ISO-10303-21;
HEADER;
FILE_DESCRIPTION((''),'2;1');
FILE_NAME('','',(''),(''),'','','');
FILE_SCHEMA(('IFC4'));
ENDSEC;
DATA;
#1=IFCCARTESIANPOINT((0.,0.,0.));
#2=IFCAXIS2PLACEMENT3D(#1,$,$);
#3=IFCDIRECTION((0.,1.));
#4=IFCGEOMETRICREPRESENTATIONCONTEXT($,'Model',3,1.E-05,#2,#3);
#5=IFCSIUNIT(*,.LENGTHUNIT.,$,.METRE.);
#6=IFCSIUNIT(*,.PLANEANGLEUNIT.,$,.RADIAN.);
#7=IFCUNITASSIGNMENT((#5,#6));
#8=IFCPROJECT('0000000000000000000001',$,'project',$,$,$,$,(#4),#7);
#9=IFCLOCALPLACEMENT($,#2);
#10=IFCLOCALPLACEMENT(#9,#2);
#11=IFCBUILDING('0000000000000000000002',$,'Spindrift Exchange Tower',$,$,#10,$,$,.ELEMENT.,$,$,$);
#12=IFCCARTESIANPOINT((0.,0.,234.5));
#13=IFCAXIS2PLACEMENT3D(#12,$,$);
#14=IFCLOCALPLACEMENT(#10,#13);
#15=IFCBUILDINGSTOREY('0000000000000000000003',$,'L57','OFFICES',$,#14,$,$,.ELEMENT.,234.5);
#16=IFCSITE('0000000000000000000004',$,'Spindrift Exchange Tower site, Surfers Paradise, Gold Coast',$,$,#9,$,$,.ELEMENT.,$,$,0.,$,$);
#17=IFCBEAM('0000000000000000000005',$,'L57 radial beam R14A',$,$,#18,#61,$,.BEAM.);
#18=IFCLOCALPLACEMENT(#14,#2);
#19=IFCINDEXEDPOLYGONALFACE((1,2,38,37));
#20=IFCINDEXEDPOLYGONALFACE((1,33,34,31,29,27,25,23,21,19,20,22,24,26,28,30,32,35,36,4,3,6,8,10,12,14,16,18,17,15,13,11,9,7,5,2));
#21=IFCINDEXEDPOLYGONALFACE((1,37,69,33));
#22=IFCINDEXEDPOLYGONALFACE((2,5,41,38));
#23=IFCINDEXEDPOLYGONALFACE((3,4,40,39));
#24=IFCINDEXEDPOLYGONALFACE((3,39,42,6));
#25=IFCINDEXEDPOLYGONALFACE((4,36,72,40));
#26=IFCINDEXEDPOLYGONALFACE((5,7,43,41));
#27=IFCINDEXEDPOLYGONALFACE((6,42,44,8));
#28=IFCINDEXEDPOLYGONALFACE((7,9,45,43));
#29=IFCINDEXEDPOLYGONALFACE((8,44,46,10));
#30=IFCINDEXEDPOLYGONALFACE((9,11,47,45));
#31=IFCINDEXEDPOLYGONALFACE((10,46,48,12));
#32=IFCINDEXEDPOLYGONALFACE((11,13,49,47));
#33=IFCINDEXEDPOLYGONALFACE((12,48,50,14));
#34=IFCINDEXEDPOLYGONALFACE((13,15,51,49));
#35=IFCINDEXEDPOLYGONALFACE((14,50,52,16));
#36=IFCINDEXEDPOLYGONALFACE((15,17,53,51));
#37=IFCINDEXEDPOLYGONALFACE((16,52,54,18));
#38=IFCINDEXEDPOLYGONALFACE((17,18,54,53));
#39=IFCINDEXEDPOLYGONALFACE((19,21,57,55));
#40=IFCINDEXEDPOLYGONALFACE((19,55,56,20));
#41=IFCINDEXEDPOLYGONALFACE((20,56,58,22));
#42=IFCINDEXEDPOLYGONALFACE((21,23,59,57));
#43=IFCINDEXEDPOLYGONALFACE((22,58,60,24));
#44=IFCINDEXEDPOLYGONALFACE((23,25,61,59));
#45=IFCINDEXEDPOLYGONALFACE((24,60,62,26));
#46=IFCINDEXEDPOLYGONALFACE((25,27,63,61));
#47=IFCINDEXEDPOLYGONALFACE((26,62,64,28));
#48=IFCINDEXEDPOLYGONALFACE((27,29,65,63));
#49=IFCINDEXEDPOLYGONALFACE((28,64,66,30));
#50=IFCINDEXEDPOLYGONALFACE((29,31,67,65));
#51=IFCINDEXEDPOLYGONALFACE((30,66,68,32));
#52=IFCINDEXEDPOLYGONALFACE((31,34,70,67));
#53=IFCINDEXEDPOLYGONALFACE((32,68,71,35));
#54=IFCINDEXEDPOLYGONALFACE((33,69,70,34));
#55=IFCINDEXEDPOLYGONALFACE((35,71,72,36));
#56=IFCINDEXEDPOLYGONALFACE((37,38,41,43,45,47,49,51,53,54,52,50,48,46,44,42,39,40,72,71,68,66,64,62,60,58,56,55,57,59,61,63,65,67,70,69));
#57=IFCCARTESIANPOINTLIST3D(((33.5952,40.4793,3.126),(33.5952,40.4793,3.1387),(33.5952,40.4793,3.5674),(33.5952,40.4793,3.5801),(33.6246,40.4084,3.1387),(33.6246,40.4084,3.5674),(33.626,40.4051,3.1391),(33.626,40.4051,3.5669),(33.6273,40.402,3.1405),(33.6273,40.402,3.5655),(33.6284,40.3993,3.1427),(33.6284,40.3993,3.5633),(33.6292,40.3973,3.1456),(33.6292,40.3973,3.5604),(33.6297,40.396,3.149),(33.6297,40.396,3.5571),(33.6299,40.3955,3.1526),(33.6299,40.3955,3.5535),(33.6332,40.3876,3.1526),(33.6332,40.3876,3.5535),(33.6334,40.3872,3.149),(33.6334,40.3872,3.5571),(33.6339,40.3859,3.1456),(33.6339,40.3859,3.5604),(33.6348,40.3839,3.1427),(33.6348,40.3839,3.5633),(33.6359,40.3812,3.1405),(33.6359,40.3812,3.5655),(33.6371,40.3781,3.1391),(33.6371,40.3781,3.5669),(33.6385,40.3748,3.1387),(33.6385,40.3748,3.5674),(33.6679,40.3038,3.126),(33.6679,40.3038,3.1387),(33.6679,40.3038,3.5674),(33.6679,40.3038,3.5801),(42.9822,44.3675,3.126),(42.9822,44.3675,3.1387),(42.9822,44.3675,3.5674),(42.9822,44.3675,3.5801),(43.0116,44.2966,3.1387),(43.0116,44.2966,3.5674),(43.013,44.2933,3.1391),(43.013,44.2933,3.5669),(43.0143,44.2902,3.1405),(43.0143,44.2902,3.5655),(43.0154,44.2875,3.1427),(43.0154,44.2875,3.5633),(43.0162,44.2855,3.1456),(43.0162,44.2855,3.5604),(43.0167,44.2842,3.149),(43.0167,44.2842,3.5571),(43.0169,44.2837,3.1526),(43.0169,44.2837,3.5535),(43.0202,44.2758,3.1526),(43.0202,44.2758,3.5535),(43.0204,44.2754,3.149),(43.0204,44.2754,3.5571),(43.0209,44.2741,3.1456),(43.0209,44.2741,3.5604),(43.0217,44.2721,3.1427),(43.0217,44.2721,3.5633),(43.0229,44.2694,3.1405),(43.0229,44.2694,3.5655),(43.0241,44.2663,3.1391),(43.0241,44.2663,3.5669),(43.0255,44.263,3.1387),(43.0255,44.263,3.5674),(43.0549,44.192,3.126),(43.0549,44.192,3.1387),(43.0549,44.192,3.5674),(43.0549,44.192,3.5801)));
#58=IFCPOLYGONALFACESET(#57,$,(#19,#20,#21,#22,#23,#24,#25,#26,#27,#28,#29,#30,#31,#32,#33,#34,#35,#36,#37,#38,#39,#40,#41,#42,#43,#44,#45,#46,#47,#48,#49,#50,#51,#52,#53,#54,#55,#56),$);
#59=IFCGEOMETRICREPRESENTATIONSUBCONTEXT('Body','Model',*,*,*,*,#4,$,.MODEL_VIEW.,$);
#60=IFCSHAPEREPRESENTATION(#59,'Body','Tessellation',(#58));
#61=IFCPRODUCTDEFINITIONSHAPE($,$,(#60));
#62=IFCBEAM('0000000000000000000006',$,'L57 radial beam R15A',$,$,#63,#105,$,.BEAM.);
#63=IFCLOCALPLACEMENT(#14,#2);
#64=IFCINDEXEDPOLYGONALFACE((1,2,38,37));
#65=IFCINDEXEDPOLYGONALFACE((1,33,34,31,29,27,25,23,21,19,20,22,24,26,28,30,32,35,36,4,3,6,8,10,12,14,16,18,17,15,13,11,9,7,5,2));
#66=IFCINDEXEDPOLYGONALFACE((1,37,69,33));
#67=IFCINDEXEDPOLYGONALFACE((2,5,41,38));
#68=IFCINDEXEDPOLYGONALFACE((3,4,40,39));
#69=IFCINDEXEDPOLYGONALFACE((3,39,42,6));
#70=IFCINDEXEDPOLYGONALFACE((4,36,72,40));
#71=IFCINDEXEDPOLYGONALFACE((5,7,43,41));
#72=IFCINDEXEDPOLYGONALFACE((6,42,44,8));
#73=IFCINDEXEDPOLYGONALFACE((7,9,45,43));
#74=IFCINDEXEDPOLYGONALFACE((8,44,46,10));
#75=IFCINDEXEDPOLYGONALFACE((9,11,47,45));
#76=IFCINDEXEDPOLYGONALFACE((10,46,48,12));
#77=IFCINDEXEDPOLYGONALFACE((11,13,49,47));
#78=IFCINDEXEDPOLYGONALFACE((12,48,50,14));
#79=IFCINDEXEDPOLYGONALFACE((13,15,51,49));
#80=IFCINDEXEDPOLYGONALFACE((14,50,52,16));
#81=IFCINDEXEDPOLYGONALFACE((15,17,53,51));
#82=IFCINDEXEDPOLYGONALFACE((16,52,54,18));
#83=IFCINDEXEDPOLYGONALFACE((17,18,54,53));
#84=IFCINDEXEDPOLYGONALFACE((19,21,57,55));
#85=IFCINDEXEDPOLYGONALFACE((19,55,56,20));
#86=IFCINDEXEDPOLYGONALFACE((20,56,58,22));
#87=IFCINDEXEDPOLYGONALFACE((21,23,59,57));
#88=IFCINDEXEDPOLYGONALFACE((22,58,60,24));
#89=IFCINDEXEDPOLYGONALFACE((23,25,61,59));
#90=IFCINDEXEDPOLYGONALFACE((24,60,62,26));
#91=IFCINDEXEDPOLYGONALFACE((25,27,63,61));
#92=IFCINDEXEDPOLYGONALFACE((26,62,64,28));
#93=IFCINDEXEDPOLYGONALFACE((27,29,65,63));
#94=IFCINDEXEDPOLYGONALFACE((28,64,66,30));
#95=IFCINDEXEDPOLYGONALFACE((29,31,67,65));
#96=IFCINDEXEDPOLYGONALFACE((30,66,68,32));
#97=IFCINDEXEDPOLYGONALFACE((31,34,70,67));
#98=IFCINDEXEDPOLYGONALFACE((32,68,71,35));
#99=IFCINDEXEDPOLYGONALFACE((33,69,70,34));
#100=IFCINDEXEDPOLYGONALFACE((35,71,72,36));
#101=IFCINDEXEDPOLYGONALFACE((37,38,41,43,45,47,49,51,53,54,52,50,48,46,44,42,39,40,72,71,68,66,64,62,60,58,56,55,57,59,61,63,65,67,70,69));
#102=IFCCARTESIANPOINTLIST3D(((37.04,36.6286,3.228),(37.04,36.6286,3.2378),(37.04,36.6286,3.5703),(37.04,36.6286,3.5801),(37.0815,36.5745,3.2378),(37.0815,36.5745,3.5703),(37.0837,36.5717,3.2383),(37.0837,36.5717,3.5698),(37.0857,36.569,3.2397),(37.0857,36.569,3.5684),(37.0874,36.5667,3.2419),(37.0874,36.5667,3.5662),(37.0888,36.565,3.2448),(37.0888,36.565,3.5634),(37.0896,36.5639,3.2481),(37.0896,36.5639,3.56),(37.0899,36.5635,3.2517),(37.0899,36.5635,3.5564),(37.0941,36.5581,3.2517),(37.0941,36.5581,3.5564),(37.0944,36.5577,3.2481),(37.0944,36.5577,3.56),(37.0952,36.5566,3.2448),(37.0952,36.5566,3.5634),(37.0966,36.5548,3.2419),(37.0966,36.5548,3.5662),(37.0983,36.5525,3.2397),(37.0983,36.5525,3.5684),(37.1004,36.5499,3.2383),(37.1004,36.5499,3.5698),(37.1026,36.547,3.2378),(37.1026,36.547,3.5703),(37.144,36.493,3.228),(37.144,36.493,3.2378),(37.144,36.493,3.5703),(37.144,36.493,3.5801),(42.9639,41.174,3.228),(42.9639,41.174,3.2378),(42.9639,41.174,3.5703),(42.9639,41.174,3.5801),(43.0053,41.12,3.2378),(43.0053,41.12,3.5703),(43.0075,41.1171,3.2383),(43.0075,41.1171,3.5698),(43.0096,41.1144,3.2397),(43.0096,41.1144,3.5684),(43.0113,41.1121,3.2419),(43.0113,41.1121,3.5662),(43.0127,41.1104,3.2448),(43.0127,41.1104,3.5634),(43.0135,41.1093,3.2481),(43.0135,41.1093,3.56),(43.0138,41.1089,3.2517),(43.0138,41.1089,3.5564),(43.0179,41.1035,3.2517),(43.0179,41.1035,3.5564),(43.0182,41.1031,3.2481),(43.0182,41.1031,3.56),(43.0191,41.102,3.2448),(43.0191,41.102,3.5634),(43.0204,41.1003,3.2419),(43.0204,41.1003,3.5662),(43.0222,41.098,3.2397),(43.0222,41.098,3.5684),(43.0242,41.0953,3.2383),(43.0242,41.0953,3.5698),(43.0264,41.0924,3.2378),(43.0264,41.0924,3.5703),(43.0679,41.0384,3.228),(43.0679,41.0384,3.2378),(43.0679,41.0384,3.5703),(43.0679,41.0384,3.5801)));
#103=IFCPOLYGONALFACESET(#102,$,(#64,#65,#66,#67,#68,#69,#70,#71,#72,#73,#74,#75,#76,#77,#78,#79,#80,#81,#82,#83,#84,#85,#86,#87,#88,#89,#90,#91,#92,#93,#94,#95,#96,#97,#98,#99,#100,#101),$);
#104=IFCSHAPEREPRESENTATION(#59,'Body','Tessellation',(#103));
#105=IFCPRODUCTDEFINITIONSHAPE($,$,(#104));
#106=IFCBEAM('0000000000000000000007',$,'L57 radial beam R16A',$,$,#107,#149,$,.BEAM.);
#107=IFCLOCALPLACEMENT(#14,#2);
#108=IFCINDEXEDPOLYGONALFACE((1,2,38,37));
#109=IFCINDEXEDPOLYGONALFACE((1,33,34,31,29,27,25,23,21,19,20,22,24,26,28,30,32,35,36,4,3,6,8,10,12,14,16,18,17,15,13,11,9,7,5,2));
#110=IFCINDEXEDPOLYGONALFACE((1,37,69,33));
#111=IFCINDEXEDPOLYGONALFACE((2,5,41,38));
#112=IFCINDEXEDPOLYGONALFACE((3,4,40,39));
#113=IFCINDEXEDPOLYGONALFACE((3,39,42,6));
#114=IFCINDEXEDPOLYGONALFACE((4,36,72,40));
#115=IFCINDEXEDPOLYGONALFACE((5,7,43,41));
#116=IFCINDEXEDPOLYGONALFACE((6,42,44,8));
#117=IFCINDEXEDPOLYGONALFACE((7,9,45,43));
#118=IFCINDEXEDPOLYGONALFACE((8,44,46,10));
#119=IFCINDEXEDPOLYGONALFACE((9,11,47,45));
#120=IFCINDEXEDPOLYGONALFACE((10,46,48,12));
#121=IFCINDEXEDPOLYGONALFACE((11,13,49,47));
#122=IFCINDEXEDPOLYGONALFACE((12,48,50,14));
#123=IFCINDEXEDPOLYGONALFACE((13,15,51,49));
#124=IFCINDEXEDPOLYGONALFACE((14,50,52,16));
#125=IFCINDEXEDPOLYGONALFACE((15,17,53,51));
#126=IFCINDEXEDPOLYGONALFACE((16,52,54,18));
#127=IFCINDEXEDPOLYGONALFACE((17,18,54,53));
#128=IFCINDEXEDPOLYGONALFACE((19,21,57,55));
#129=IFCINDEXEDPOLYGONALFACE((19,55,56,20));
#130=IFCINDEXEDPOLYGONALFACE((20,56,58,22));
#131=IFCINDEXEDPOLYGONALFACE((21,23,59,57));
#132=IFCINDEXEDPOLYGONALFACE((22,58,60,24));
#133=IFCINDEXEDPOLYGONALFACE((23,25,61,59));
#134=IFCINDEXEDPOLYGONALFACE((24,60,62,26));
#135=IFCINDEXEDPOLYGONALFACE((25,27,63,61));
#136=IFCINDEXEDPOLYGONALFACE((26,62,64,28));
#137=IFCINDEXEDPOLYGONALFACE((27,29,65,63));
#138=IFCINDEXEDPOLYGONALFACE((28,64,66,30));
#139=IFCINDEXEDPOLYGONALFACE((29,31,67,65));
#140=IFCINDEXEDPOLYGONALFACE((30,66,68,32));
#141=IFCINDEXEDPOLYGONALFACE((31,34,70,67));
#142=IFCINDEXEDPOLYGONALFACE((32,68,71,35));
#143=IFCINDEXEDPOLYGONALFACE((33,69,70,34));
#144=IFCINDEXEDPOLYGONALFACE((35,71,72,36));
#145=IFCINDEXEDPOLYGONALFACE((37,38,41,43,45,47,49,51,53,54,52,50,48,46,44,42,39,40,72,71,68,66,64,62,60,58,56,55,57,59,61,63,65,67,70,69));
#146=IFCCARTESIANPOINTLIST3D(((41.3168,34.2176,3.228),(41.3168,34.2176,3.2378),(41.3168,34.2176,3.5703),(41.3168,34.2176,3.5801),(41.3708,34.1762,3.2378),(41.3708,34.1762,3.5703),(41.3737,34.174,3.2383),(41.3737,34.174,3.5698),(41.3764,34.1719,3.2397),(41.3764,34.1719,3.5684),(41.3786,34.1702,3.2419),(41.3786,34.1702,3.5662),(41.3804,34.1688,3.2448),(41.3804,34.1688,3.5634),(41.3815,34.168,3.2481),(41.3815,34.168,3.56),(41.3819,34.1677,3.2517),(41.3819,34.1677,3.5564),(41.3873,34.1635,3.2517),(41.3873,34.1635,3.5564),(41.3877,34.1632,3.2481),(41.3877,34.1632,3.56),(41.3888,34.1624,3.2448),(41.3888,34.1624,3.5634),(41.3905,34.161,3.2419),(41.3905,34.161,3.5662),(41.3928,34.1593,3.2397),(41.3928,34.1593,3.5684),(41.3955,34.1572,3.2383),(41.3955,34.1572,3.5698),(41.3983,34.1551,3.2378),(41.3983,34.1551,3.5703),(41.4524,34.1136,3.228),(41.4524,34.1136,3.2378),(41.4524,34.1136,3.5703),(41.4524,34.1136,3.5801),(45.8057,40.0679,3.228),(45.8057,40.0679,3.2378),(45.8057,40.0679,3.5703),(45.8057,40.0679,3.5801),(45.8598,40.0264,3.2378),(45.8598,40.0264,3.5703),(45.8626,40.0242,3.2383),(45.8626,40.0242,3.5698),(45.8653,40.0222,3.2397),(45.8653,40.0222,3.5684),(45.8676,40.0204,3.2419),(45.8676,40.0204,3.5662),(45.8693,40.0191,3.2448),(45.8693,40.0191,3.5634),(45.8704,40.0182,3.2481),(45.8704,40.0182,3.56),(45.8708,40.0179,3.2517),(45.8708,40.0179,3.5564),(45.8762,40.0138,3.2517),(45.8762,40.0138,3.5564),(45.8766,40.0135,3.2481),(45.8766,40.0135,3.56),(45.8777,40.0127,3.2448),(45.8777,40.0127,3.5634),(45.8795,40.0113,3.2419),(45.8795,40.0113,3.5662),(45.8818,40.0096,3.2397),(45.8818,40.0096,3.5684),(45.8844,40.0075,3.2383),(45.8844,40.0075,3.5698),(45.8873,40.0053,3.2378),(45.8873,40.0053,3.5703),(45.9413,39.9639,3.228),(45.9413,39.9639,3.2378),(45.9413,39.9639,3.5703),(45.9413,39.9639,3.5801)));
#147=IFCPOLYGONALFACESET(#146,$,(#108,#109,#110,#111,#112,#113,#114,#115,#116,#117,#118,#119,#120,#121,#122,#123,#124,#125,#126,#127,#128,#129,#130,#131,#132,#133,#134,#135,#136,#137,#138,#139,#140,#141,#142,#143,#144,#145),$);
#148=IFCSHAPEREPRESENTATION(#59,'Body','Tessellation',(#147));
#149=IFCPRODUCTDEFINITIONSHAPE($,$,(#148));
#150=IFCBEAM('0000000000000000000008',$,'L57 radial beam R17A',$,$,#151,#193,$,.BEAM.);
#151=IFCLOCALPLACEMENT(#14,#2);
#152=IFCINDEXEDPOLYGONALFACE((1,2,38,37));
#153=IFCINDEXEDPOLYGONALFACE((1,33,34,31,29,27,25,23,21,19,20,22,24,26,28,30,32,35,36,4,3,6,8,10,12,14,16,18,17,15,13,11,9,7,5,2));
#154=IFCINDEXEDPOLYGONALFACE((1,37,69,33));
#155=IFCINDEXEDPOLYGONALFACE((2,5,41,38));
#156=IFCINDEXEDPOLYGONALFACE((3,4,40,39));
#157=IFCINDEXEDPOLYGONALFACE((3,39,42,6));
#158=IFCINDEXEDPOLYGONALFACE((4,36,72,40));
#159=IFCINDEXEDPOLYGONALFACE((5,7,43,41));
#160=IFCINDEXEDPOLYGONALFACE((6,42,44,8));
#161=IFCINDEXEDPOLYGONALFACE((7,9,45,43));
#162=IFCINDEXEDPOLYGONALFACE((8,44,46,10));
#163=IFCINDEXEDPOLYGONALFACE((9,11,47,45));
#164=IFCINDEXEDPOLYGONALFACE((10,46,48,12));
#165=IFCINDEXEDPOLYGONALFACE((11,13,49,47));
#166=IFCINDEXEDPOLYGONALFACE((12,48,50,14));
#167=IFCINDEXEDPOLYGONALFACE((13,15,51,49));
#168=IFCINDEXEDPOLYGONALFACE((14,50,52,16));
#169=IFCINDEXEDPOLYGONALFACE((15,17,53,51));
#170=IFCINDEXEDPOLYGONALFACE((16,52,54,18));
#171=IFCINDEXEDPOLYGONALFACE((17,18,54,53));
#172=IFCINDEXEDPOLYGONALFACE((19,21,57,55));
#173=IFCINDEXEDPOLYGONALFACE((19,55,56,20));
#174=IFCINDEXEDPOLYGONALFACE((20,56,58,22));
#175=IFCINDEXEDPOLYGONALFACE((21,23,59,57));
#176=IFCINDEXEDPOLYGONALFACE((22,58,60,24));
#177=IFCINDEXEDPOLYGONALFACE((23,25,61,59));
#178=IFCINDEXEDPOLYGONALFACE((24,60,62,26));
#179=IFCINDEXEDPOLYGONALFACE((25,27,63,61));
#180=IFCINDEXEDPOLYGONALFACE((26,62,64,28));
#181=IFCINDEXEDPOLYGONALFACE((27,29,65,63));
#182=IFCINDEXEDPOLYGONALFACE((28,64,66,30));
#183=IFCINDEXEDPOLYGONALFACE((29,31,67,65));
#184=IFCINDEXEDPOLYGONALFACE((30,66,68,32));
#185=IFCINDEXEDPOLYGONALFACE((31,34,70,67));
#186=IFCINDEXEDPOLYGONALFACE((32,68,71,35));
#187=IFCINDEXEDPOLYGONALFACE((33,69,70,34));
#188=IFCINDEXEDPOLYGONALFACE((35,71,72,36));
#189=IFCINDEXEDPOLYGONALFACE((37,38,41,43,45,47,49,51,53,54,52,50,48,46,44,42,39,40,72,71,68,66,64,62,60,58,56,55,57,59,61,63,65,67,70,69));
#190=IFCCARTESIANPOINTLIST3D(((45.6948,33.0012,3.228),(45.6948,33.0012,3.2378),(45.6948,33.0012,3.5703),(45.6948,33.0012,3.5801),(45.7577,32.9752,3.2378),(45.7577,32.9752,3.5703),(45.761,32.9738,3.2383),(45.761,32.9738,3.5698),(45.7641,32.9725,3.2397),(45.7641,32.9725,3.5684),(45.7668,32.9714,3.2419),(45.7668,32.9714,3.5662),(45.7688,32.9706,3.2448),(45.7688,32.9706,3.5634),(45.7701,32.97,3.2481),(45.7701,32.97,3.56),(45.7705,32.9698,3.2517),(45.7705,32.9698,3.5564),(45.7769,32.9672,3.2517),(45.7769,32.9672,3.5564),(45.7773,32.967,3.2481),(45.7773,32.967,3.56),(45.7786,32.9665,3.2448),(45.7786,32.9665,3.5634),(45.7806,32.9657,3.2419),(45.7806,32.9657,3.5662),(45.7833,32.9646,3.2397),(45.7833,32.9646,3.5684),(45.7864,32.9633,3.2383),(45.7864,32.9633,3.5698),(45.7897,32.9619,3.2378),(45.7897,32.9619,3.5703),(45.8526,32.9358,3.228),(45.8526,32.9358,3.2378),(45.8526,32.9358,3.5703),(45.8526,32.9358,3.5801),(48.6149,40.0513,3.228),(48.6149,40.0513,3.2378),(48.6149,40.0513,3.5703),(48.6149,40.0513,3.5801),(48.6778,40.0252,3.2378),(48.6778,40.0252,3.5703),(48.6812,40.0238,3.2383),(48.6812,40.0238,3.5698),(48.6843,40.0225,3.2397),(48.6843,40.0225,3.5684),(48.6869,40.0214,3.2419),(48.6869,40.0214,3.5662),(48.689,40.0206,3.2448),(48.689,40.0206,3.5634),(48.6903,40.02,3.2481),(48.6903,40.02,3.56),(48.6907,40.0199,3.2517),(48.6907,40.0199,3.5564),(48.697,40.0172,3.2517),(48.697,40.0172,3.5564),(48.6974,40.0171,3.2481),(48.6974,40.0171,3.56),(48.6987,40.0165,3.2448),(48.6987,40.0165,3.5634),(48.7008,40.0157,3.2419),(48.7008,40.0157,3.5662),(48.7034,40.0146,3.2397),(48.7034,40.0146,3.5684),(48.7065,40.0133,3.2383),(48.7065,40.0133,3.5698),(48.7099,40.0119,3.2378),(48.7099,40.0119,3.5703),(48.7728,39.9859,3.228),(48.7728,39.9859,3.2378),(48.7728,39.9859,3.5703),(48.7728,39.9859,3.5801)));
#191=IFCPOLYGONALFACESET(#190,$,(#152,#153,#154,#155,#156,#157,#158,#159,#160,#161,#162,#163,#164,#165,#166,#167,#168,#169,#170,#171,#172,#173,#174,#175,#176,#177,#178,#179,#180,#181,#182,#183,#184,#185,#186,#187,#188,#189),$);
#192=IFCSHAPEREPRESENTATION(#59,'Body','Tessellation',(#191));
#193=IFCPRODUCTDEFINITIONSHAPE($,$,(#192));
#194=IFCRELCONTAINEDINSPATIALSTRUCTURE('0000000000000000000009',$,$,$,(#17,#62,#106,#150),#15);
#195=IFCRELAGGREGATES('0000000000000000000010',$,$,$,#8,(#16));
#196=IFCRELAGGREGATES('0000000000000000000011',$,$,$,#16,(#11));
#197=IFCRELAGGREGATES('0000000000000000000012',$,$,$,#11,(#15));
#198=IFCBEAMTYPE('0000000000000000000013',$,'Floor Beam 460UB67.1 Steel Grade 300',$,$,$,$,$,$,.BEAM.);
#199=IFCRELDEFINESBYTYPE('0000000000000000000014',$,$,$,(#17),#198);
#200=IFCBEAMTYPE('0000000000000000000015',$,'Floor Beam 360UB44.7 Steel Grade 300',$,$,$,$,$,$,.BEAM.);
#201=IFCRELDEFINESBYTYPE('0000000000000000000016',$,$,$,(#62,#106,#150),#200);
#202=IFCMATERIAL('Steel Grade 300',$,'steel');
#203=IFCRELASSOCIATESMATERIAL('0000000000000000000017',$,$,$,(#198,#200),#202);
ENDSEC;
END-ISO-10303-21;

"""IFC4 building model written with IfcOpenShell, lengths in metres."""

from ifc_helpers import new_model, si_unit, direction, frame, origin, origin_2d, place, context, subcontext, project, spatial, i_section, extrude, source, transform, mapped, material, material_profile, profile_set, type_object, element, save


model = new_model("IFC4")

# Units and contexts
model_context = context("Model", 3, precision=1e-05, world=origin(), true_north=direction((0.0, 1.0)))
body_context = subcontext(model_context, "Body", "Model", "MODEL_VIEW")
ifc_project = project(units=[si_unit("LENGTHUNIT", "METRE"), si_unit("PLANEANGLEUNIT", "RADIAN")], contexts=[model_context])

# Site, building, storey
site_placement = place(None, origin())
site = spatial("IfcSite", under=ifc_project, at=site_placement, Name="Spindrift Exchange Tower site, Surfers Paradise, Gold Coast", CompositionType="ELEMENT", RefElevation=0.0)
building_placement = place(site_placement, origin())
building = spatial("IfcBuilding", under=site, at=building_placement, Name="Spindrift Exchange Tower", CompositionType="ELEMENT")
storey_placement = place(building_placement, frame((0.0, 0.0, 234.5)))
storey = spatial("IfcBuildingStorey", under=building, at=storey_placement, Name="L57", Description="OFFICES", CompositionType="ELEMENT", Elevation=234.5)

# Beams
ifc_material_1 = material(Name="Steel Grade 300", Category="steel")
ifc_material_profile_1 = material_profile(ifc_material_1, i_section(OverallWidth=0.1899, OverallDepth=0.4541, WebThickness=0.0085, FlangeThickness=0.0127, FilletRadius=0.0139, at=origin_2d()), Name="460UB67.1")
ifc_profile_set_1 = profile_set([ifc_material_profile_1], Name="Steel Grade 300")
beam_type_1 = type_object("IfcBeamType", Name="Floor Beam 460UB67.1 Steel Grade 300", PredefinedType="BEAM", material=ifc_profile_set_1)
shared_shape_1 = source(origin(), body_context, "Body", "SweptSolid", [
    extrude(i_section(OverallWidth=0.1899, OverallDepth=0.4541, WebThickness=0.0085, FlangeThickness=0.0127, FilletRadius=0.0139, at=origin_2d()), origin(), (0.0, 0.0, 1.0), 10.1604),
])
beam_1_placement = place(storey_placement, frame((43.0186, 44.2798, 3.353), z_axis=(-0.92388, -0.382681, 0.0), x_axis=(0.382681, -0.92388, 0.0)))
element("IfcBeam", 1, at=beam_1_placement, inside=storey, type_object=beam_type_1, Name="L57 radial beam R14A", PredefinedType="BEAM", context=body_context, shape_type="MappedRepresentation", body=[
    mapped(shared_shape_1, transform((0.0, 0.0, 0.0), scale=1.0)),
])
ifc_material_profile_2 = material_profile(ifc_material_1, i_section(OverallWidth=0.1709, OverallDepth=0.3521, WebThickness=0.0068, FlangeThickness=0.0098, FilletRadius=0.0139, at=origin_2d()), Name="360UB44.7")
ifc_profile_set_2 = profile_set([ifc_material_profile_2], Name="Steel Grade 300")
beam_type_2 = type_object("IfcBeamType", Name="Floor Beam 360UB44.7 Steel Grade 300", PredefinedType="BEAM", material=ifc_profile_set_2)
shared_shape_2 = source(origin(), body_context, "Body", "SweptSolid", [
    extrude(i_section(OverallWidth=0.1709, OverallDepth=0.3521, WebThickness=0.0068, FlangeThickness=0.0098, FilletRadius=0.0139, at=origin_2d()), origin(), (0.0, 0.0, 1.0), 7.4668),
])
beam_2_placement = place(storey_placement, frame((43.0159, 41.1062, 3.4041), z_axis=(-0.79336, -0.608753, 0.0), x_axis=(0.608753, -0.79336, 0.0)))
element("IfcBeam", 2, at=beam_2_placement, inside=storey, type_object=beam_type_2, Name="L57 radial beam R15A", PredefinedType="BEAM", context=body_context, shape_type="MappedRepresentation", body=[
    mapped(shared_shape_2, transform((0.0, 0.0, 0.0), scale=1.0)),
])
shared_shape_3 = source(origin(), body_context, "Body", "SweptSolid", [
    extrude(i_section(OverallWidth=0.1709, OverallDepth=0.3521, WebThickness=0.0068, FlangeThickness=0.0098, FilletRadius=0.0139, at=origin_2d()), origin(), (0.0, 0.0, 1.0), 7.374),
])
beam_3_placement = place(storey_placement, frame((45.8735, 40.0159, 3.4041), z_axis=(-0.608752, -0.793361, 0.0), x_axis=(0.793361, -0.608752, 0.0)))
element("IfcBeam", 3, at=beam_3_placement, inside=storey, type_object=beam_type_2, Name="L57 radial beam R16A", PredefinedType="BEAM", context=body_context, shape_type="MappedRepresentation", body=[
    mapped(shared_shape_3, transform((0.0, 0.0, 0.0), scale=1.0)),
])
shared_shape_4 = source(origin(), body_context, "Body", "SweptSolid", [
    extrude(i_section(OverallWidth=0.1709, OverallDepth=0.3521, WebThickness=0.0068, FlangeThickness=0.0098, FilletRadius=0.0139, at=origin_2d()), origin(), (0.0, 0.0, 1.0), 7.6309),
])
beam_4_placement = place(storey_placement, frame((48.6938, 40.0186, 3.4041), z_axis=(-0.382677, -0.923882, 0.0), x_axis=(0.923882, -0.382677, 0.0)))
element("IfcBeam", 4, at=beam_4_placement, inside=storey, type_object=beam_type_2, Name="L57 radial beam R17A", PredefinedType="BEAM", context=body_context, shape_type="MappedRepresentation", body=[
    mapped(shared_shape_4, transform((0.0, 0.0, 0.0), scale=1.0)),
])

save(model, "model.ifc")
